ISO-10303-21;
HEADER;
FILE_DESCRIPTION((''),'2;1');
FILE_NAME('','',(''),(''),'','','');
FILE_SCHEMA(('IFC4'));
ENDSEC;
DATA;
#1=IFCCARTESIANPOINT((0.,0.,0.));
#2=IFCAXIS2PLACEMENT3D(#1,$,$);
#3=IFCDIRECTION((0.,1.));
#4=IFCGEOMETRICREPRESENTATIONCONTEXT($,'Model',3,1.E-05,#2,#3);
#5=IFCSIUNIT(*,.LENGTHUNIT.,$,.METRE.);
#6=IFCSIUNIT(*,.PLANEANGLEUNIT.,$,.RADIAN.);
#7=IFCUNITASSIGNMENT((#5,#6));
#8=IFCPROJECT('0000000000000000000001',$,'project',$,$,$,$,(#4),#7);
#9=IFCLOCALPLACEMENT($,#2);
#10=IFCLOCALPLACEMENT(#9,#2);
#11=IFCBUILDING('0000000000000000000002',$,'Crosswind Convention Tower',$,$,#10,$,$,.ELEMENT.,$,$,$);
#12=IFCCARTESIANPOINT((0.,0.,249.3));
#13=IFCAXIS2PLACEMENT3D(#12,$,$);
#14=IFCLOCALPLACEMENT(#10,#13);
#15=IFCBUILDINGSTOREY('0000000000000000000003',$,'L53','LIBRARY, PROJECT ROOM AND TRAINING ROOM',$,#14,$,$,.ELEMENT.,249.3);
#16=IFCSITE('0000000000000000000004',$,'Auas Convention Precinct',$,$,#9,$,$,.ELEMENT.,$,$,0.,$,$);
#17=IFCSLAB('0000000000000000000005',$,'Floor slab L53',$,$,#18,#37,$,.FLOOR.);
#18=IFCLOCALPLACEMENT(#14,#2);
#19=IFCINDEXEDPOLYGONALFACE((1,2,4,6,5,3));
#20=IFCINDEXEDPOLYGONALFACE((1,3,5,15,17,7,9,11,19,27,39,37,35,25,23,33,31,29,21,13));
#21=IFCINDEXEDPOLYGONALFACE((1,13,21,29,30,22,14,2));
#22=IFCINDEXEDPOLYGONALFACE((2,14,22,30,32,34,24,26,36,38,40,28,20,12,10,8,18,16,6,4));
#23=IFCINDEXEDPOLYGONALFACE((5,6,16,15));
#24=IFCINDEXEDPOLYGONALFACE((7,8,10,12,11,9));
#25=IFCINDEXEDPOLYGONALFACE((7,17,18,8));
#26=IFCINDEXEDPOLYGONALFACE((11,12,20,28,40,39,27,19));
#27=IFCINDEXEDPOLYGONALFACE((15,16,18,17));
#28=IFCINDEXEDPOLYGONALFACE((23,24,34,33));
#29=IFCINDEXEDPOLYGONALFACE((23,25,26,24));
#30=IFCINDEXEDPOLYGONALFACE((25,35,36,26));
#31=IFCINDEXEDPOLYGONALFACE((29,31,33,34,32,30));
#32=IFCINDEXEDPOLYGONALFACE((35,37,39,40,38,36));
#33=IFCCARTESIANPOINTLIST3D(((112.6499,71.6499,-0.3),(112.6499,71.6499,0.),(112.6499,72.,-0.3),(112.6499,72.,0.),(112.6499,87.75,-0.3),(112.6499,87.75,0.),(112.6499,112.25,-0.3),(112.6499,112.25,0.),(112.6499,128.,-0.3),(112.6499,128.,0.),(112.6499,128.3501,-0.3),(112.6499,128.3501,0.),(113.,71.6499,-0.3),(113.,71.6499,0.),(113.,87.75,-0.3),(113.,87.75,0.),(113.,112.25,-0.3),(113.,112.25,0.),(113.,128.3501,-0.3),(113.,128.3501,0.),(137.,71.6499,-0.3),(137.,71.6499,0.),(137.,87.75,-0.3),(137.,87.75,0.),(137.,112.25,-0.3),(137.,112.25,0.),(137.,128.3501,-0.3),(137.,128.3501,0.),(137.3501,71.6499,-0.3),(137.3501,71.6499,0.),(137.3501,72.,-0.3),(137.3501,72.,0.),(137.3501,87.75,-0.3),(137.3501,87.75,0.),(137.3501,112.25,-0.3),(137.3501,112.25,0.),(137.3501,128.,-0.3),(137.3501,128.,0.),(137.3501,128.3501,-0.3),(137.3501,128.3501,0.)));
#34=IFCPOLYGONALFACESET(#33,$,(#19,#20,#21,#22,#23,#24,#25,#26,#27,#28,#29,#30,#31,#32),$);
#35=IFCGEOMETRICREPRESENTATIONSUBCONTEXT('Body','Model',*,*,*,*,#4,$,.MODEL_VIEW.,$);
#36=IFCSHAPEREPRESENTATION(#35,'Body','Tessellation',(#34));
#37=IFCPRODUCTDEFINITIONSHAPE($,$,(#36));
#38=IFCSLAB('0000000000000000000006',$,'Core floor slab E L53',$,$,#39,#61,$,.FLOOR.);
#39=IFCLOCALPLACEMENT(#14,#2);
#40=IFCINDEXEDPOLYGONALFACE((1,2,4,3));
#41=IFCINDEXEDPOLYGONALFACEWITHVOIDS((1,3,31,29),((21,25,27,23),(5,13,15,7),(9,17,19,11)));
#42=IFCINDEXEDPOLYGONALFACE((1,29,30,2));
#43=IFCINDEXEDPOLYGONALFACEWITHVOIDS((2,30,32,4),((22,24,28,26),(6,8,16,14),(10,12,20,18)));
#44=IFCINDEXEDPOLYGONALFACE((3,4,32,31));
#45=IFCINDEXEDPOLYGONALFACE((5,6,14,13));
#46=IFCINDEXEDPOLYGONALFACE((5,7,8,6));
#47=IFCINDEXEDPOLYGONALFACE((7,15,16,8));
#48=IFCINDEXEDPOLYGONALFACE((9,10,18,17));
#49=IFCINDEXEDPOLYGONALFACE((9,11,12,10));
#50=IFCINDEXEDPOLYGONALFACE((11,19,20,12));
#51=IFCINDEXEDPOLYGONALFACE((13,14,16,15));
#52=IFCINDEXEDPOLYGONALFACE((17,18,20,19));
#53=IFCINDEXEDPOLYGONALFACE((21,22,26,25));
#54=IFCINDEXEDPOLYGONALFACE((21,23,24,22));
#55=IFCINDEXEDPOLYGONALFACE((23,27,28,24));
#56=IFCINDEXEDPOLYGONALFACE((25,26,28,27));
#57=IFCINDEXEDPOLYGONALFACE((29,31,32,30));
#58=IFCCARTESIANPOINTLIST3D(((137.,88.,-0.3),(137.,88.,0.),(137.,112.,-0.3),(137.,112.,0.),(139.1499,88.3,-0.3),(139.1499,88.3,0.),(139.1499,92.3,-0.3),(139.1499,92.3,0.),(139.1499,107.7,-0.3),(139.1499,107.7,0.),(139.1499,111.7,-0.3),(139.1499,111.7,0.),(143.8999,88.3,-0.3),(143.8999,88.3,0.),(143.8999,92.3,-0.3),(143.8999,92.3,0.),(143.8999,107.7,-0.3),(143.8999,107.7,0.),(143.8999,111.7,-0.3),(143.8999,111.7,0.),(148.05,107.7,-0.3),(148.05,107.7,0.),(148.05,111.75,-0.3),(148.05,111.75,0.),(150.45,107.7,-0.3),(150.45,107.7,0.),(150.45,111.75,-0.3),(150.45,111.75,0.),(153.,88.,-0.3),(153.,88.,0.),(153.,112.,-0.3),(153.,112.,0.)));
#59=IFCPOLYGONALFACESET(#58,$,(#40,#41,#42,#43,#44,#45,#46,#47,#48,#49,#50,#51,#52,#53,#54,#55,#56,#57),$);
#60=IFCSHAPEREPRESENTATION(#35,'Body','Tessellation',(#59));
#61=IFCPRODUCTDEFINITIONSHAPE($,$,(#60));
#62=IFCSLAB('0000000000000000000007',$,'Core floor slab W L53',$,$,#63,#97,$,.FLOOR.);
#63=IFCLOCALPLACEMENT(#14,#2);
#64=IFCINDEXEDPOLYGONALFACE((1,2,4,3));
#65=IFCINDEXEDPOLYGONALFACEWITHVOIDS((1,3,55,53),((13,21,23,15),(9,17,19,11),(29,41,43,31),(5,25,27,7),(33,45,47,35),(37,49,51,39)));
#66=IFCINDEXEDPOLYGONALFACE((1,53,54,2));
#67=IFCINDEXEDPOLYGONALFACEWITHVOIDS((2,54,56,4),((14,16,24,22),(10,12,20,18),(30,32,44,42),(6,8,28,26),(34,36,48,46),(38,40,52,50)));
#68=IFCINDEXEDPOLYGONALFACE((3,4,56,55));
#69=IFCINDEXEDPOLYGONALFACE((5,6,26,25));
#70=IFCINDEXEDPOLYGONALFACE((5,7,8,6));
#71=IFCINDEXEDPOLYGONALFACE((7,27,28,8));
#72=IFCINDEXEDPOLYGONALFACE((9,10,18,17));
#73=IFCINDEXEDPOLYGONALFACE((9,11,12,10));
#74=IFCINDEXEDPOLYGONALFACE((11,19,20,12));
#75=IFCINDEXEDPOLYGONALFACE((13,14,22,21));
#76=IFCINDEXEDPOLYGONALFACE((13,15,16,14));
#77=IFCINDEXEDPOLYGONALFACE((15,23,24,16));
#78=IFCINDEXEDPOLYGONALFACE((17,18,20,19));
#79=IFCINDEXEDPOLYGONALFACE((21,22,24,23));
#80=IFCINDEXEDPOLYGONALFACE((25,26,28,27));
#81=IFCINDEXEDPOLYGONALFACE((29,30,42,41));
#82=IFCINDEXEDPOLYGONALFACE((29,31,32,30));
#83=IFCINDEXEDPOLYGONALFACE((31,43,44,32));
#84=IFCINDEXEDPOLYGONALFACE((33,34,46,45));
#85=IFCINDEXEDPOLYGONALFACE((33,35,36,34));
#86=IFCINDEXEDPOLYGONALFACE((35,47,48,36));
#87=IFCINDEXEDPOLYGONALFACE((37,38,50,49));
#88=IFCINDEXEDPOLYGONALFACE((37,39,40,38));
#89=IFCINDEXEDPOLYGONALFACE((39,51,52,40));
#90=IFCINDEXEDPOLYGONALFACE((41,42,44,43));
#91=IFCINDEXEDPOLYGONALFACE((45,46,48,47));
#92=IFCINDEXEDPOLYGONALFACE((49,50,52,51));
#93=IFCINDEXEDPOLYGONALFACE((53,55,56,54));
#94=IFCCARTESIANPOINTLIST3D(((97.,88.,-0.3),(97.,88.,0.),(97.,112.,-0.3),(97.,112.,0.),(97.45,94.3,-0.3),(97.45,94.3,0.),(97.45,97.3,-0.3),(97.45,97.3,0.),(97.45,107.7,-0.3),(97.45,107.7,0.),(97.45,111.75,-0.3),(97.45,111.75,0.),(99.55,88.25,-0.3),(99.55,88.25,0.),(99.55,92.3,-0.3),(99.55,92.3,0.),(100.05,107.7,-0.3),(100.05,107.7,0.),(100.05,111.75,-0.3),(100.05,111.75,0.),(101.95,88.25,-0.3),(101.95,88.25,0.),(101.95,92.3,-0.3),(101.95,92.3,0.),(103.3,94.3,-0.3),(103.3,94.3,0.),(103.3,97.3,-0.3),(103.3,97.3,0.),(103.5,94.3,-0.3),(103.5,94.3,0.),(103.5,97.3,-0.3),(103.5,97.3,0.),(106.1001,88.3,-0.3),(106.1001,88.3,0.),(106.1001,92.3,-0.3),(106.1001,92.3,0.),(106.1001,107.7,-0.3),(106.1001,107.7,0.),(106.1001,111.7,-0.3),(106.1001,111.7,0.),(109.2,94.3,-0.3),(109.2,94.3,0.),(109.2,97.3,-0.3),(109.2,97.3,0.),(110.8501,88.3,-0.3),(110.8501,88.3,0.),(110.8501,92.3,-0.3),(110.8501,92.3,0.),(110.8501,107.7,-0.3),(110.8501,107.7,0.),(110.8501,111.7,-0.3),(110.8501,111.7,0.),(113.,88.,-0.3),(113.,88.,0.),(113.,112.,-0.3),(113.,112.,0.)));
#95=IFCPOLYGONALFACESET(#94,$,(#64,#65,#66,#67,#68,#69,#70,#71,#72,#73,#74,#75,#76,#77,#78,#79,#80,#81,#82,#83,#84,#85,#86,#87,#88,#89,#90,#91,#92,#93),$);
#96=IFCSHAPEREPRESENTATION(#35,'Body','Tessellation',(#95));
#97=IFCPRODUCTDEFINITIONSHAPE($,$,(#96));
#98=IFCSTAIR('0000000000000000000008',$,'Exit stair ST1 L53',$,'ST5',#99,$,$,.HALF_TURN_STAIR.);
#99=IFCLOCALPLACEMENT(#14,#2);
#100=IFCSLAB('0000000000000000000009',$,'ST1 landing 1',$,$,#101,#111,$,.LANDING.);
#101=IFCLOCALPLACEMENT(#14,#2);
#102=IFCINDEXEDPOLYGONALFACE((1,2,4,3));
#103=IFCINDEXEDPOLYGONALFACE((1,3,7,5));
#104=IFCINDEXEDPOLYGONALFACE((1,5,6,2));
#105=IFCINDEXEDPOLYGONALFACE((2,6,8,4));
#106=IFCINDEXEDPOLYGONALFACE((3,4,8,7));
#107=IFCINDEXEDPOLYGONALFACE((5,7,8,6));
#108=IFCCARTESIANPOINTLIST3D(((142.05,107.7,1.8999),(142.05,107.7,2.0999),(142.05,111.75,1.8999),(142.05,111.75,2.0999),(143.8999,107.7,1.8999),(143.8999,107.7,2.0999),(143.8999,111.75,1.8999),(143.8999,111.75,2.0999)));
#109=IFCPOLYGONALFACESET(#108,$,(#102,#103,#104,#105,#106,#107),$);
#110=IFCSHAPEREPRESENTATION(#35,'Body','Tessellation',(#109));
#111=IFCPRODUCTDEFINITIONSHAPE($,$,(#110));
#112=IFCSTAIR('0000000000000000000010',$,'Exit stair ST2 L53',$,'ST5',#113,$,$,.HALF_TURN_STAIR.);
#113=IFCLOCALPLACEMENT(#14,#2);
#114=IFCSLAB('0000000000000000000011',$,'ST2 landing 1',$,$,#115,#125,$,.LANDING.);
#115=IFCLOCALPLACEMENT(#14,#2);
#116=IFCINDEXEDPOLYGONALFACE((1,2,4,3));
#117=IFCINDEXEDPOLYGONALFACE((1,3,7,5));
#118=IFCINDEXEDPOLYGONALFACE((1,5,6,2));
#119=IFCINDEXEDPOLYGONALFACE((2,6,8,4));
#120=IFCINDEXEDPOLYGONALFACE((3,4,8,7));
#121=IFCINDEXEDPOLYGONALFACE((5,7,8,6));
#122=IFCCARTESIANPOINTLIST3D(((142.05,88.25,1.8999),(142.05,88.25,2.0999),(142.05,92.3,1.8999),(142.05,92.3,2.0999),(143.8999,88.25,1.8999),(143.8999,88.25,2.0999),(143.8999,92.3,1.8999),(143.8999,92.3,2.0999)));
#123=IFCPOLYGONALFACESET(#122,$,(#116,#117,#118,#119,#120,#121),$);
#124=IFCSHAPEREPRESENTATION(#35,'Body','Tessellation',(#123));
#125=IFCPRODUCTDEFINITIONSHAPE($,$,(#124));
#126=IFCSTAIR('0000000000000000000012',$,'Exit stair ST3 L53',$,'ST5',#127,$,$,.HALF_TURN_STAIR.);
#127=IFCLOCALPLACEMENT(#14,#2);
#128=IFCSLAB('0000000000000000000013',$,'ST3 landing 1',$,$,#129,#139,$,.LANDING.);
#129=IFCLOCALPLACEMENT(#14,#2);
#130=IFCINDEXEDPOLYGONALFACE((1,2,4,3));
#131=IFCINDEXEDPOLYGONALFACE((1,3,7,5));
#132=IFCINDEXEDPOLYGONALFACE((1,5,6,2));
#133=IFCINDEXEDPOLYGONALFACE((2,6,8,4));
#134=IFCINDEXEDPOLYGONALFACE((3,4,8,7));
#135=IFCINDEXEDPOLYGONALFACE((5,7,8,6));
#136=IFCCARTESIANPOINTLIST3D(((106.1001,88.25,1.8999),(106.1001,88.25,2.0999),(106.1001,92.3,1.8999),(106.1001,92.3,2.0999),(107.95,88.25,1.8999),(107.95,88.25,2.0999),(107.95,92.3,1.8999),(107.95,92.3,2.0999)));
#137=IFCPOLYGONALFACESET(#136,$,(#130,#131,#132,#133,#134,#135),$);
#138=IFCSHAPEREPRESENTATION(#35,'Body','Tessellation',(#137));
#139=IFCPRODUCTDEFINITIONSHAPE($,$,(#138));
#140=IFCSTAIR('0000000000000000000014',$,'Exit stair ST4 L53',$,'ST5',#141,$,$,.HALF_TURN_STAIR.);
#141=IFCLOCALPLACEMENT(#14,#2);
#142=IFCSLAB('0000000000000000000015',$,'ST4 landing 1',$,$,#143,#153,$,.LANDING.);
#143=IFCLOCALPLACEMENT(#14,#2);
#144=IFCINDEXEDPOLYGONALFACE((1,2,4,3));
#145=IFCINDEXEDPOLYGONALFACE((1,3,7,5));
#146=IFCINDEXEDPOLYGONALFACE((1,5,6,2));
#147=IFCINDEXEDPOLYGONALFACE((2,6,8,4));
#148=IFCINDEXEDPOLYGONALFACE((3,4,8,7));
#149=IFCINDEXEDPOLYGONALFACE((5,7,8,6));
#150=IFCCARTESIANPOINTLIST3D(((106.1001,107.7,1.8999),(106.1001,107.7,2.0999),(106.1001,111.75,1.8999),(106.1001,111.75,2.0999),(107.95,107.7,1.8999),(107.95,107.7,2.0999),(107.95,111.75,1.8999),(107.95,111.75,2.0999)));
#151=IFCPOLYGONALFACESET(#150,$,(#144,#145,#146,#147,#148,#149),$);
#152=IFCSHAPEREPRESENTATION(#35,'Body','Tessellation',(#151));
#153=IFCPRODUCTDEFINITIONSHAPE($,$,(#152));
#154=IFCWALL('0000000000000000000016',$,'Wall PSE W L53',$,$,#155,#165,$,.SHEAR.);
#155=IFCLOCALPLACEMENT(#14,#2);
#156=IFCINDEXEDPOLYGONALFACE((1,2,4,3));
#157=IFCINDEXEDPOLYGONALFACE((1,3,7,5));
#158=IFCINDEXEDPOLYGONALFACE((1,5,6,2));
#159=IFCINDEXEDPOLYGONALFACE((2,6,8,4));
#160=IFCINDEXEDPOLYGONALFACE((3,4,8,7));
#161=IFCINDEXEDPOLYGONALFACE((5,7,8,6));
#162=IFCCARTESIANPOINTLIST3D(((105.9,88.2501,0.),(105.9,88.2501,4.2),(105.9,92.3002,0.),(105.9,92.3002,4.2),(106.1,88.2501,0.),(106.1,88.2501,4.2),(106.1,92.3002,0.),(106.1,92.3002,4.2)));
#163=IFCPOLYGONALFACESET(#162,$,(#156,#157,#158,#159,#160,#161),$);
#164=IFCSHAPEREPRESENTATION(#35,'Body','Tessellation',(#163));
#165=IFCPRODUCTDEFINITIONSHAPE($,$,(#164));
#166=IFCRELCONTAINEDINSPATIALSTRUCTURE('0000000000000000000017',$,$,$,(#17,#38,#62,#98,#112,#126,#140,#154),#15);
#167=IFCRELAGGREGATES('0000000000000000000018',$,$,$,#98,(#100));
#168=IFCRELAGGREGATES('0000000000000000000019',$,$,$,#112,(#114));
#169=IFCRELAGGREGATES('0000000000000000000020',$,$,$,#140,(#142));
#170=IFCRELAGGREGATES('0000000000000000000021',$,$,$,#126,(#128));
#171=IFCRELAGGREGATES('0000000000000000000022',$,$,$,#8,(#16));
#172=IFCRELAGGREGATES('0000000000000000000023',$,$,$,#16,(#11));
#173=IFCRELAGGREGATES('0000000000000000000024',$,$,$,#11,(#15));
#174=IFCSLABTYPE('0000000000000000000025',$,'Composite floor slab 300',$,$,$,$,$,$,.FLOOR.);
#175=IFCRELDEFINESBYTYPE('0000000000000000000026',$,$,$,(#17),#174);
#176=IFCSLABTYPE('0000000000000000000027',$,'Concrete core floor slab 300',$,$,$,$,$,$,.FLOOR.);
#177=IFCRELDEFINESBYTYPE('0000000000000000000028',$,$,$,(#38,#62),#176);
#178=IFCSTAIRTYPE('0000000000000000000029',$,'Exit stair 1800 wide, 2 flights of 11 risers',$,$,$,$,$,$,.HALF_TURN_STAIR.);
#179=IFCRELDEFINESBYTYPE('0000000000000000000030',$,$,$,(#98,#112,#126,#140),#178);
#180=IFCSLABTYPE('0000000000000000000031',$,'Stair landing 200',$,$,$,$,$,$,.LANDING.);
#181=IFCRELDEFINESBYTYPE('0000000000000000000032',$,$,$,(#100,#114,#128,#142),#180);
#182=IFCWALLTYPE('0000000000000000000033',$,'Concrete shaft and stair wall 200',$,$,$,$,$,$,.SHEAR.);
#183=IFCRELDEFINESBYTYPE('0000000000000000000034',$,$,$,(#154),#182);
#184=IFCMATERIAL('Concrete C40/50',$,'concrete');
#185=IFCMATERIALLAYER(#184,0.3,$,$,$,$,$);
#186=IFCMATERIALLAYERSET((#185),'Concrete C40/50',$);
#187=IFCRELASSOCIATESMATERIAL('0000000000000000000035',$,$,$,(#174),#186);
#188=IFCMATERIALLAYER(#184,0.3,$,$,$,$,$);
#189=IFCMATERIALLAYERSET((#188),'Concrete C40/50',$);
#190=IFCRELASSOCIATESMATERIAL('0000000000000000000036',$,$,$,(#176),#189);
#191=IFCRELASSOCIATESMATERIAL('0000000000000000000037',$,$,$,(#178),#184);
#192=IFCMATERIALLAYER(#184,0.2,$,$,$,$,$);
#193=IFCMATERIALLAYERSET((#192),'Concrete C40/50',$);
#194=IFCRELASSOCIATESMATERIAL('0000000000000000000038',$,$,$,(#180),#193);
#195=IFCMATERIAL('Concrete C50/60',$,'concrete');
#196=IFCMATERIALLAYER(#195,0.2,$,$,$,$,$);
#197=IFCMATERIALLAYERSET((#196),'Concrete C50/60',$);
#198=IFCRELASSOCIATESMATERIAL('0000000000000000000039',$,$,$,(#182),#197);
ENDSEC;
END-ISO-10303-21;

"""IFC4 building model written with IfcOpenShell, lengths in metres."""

from ifc_helpers import new_model, si_unit, direction, frame, frame_2d, origin, place, context, subcontext, project, spatial, polyline, rectangle, outline, extrude, material, layer, layer_set, type_object, element, aggregate, save


model = new_model("IFC4")

# Units and contexts
model_context = context("Model", 3, precision=1e-05, world=origin(), true_north=direction((0.0, 1.0)))
body_context = subcontext(model_context, "Body", "Model", "MODEL_VIEW")
ifc_project = project(units=[si_unit("LENGTHUNIT", "METRE"), si_unit("PLANEANGLEUNIT", "RADIAN")], contexts=[model_context])

# Site, building, storey
site_placement = place(None, origin())
site = spatial("IfcSite", under=ifc_project, at=site_placement, Name="Auas Convention Precinct", CompositionType="ELEMENT", RefElevation=0.0)
building_placement = place(site_placement, origin())
building = spatial("IfcBuilding", under=site, at=building_placement, Name="Crosswind Convention Tower", CompositionType="ELEMENT")
storey_placement = place(building_placement, frame((0.0, 0.0, 249.3)))
storey = spatial("IfcBuildingStorey", under=building, at=storey_placement, Name="L53", Description="LIBRARY, PROJECT ROOM AND TRAINING ROOM", CompositionType="ELEMENT", Elevation=249.3)

# Slabs
ifc_material_1 = material(Name="Concrete C40/50", Category="concrete")
ifc_layer_1 = layer(ifc_material_1, 0.3)
ifc_layer_set_1 = layer_set([ifc_layer_1], Name="Concrete C40/50")
slab_type_1 = type_object("IfcSlabType", Name="Composite floor slab 300", PredefinedType="FLOOR", material=ifc_layer_set_1)
slab_1_placement = place(storey_placement, frame((0.0, 0.0, -0.3)))
element("IfcSlab", 1, at=slab_1_placement, inside=storey, type_object=slab_type_1, Name="Floor slab L53", PredefinedType="FLOOR", context=body_context, shape_type="SweptSolid", body=[
    extrude(outline(polyline([(137.3501, 71.6499), (137.0, 71.6499), (113.0, 71.6499), (112.6499, 71.6499), (112.6499, 72.0), (112.6499, 87.75), (113.0, 87.75), (113.0, 112.25), (112.6499, 112.25), (112.6499, 128.0), (112.6499, 128.3501), (113.0, 128.3501), (137.0, 128.3501), (137.3501, 128.3501), (137.3501, 128.0), (137.3501, 112.25), (137.0, 112.25), (137.0, 87.75), (137.3501, 87.75), (137.3501, 72.0), (137.3501, 71.6499)])), origin(), (0.0, 0.0, 1.0), 0.3),
])
ifc_layer_2 = layer(ifc_material_1, 0.3)
ifc_layer_set_2 = layer_set([ifc_layer_2], Name="Concrete C40/50")
slab_type_2 = type_object("IfcSlabType", Name="Concrete core floor slab 300", PredefinedType="FLOOR", material=ifc_layer_set_2)
slab_2_placement = place(storey_placement, frame((0.0, 0.0, -0.3)))
element("IfcSlab", 2, at=slab_2_placement, inside=storey, type_object=slab_type_2, Name="Core floor slab E L53", PredefinedType="FLOOR", context=body_context, shape_type="SweptSolid", body=[
    extrude(outline(polyline([(137.0, 88.0), (153.0, 88.0), (153.0, 112.0), (137.0, 112.0), (137.0, 88.0)]), holes=[polyline([(150.45, 107.7), (150.45, 111.75), (148.05, 111.75), (148.05, 107.7), (150.45, 107.7)]), polyline([(143.8999, 107.7), (143.8999, 111.7), (139.1499, 111.7), (139.1499, 107.7), (143.8999, 107.7)]), polyline([(143.8999, 88.3), (143.8999, 92.3), (139.1499, 92.3), (139.1499, 88.3), (143.8999, 88.3)])]), origin(), (0.0, 0.0, 1.0), 0.3),
])
slab_3_placement = place(storey_placement, frame((0.0, 0.0, -0.3)))
element("IfcSlab", 3, at=slab_3_placement, inside=storey, type_object=slab_type_2, Name="Core floor slab W L53", PredefinedType="FLOOR", context=body_context, shape_type="SweptSolid", body=[
    extrude(outline(polyline([(97.0, 88.0), (113.0, 88.0), (113.0, 112.0), (97.0, 112.0), (97.0, 88.0)]), holes=[polyline([(109.2, 94.3), (109.2, 97.3), (103.5, 97.3), (103.5, 94.3), (109.2, 94.3)]), polyline([(103.3, 94.3), (103.3, 97.3), (97.45, 97.3), (97.45, 94.3), (103.3, 94.3)]), polyline([(101.95, 88.25), (101.95, 92.3), (99.55, 92.3), (99.55, 88.25), (101.95, 88.25)]), polyline([(100.05, 107.7), (100.05, 111.75), (97.45, 111.75), (97.45, 107.7), (100.05, 107.7)]), polyline([(110.8501, 88.3), (110.8501, 92.3), (106.1001, 92.3), (106.1001, 88.3), (110.8501, 88.3)]), polyline([(110.8501, 107.7), (110.8501, 111.7), (106.1001, 111.7), (106.1001, 107.7), (110.8501, 107.7)])]), origin(), (0.0, 0.0, 1.0), 0.3),
])

# Stairs, slabs
stair_type = type_object("IfcStairType", Name="Exit stair 1800 wide, 2 flights of 11 risers", PredefinedType="HALF_TURN_STAIR", material=ifc_material_1)
stair_1_placement = place(storey_placement, origin())
stair_1 = element("IfcStair", 4, at=stair_1_placement, inside=storey, type_object=stair_type, Name="Exit stair ST1 L53", ObjectType="ST5", PredefinedType="HALF_TURN_STAIR")
ifc_layer_3 = layer(ifc_material_1, 0.2)
ifc_layer_set_3 = layer_set([ifc_layer_3], Name="Concrete C40/50")
slab_type_3 = type_object("IfcSlabType", Name="Stair landing 200", PredefinedType="LANDING", material=ifc_layer_set_3)
slab_4_placement = place(storey_placement, frame((0.0, 0.0, 1.8999)))
slab_4 = element("IfcSlab", 5, at=slab_4_placement, type_object=slab_type_3, Name="ST1 landing 1", PredefinedType="LANDING", context=body_context, shape_type="SweptSolid", body=[
    extrude(outline(polyline([(143.8999, 107.7), (143.8999, 111.75), (142.05, 111.75), (142.05, 107.7), (143.8999, 107.7)])), origin(), (0.0, 0.0, 1.0), 0.2),
])
aggregate(stair_1, [slab_4])
stair_2_placement = place(storey_placement, origin())
stair_2 = element("IfcStair", 6, at=stair_2_placement, inside=storey, type_object=stair_type, Name="Exit stair ST2 L53", ObjectType="ST5", PredefinedType="HALF_TURN_STAIR")
slab_5_placement = place(storey_placement, frame((0.0, 0.0, 1.8999)))
slab_5 = element("IfcSlab", 7, at=slab_5_placement, type_object=slab_type_3, Name="ST2 landing 1", PredefinedType="LANDING", context=body_context, shape_type="SweptSolid", body=[
    extrude(outline(polyline([(143.8999, 88.25), (143.8999, 92.3), (142.05, 92.3), (142.05, 88.25), (143.8999, 88.25)])), origin(), (0.0, 0.0, 1.0), 0.2),
])
aggregate(stair_2, [slab_5])
stair_3_placement = place(storey_placement, origin())
stair_3 = element("IfcStair", 8, at=stair_3_placement, inside=storey, type_object=stair_type, Name="Exit stair ST3 L53", ObjectType="ST5", PredefinedType="HALF_TURN_STAIR")
slab_6_placement = place(storey_placement, frame((0.0, 0.0, 1.8999)))
slab_6 = element("IfcSlab", 9, at=slab_6_placement, type_object=slab_type_3, Name="ST3 landing 1", PredefinedType="LANDING", context=body_context, shape_type="SweptSolid", body=[
    extrude(outline(polyline([(107.95, 88.25), (107.95, 92.3), (106.1001, 92.3), (106.1001, 88.25), (107.95, 88.25)])), origin(), (0.0, 0.0, 1.0), 0.2),
])
stair_4_placement = place(storey_placement, origin())
stair_4 = element("IfcStair", 10, at=stair_4_placement, inside=storey, type_object=stair_type, Name="Exit stair ST4 L53", ObjectType="ST5", PredefinedType="HALF_TURN_STAIR")
slab_7_placement = place(storey_placement, frame((0.0, 0.0, 1.8999)))
slab_7 = element("IfcSlab", 11, at=slab_7_placement, type_object=slab_type_3, Name="ST4 landing 1", PredefinedType="LANDING", context=body_context, shape_type="SweptSolid", body=[
    extrude(outline(polyline([(107.95, 107.7), (107.95, 111.75), (106.1001, 111.75), (106.1001, 107.7), (107.95, 107.7)])), origin(), (0.0, 0.0, 1.0), 0.2),
])
aggregate(stair_4, [slab_7])

# Wall
ifc_material_2 = material(Name="Concrete C50/60", Category="concrete")
ifc_layer_4 = layer(ifc_material_2, 0.2)
ifc_layer_set_4 = layer_set([ifc_layer_4], Name="Concrete C50/60")
wall_type_1 = type_object("IfcWallType", Name="Concrete shaft and stair wall 200", PredefinedType="SHEAR", material=ifc_layer_set_4)
wall_1_placement = place(storey_placement, frame((106.0, 92.3, 0.0), z_axis=(0.0, 0.0, 1.0), x_axis=(0.0, -1.0, 0.0)))
element("IfcWall", 12, at=wall_1_placement, inside=storey, type_object=wall_type_1, Name="Wall PSE W L53", PredefinedType="SHEAR", context=body_context, shape_type="SweptSolid", body=[
    extrude(rectangle(XDim=4.05, YDim=0.2, at=frame_2d((2.0249, 0.0))), origin(), (0.0, 0.0, 1.0), 4.2),
])

aggregate(stair_3, [slab_6])

save(model, "model.ifc")
